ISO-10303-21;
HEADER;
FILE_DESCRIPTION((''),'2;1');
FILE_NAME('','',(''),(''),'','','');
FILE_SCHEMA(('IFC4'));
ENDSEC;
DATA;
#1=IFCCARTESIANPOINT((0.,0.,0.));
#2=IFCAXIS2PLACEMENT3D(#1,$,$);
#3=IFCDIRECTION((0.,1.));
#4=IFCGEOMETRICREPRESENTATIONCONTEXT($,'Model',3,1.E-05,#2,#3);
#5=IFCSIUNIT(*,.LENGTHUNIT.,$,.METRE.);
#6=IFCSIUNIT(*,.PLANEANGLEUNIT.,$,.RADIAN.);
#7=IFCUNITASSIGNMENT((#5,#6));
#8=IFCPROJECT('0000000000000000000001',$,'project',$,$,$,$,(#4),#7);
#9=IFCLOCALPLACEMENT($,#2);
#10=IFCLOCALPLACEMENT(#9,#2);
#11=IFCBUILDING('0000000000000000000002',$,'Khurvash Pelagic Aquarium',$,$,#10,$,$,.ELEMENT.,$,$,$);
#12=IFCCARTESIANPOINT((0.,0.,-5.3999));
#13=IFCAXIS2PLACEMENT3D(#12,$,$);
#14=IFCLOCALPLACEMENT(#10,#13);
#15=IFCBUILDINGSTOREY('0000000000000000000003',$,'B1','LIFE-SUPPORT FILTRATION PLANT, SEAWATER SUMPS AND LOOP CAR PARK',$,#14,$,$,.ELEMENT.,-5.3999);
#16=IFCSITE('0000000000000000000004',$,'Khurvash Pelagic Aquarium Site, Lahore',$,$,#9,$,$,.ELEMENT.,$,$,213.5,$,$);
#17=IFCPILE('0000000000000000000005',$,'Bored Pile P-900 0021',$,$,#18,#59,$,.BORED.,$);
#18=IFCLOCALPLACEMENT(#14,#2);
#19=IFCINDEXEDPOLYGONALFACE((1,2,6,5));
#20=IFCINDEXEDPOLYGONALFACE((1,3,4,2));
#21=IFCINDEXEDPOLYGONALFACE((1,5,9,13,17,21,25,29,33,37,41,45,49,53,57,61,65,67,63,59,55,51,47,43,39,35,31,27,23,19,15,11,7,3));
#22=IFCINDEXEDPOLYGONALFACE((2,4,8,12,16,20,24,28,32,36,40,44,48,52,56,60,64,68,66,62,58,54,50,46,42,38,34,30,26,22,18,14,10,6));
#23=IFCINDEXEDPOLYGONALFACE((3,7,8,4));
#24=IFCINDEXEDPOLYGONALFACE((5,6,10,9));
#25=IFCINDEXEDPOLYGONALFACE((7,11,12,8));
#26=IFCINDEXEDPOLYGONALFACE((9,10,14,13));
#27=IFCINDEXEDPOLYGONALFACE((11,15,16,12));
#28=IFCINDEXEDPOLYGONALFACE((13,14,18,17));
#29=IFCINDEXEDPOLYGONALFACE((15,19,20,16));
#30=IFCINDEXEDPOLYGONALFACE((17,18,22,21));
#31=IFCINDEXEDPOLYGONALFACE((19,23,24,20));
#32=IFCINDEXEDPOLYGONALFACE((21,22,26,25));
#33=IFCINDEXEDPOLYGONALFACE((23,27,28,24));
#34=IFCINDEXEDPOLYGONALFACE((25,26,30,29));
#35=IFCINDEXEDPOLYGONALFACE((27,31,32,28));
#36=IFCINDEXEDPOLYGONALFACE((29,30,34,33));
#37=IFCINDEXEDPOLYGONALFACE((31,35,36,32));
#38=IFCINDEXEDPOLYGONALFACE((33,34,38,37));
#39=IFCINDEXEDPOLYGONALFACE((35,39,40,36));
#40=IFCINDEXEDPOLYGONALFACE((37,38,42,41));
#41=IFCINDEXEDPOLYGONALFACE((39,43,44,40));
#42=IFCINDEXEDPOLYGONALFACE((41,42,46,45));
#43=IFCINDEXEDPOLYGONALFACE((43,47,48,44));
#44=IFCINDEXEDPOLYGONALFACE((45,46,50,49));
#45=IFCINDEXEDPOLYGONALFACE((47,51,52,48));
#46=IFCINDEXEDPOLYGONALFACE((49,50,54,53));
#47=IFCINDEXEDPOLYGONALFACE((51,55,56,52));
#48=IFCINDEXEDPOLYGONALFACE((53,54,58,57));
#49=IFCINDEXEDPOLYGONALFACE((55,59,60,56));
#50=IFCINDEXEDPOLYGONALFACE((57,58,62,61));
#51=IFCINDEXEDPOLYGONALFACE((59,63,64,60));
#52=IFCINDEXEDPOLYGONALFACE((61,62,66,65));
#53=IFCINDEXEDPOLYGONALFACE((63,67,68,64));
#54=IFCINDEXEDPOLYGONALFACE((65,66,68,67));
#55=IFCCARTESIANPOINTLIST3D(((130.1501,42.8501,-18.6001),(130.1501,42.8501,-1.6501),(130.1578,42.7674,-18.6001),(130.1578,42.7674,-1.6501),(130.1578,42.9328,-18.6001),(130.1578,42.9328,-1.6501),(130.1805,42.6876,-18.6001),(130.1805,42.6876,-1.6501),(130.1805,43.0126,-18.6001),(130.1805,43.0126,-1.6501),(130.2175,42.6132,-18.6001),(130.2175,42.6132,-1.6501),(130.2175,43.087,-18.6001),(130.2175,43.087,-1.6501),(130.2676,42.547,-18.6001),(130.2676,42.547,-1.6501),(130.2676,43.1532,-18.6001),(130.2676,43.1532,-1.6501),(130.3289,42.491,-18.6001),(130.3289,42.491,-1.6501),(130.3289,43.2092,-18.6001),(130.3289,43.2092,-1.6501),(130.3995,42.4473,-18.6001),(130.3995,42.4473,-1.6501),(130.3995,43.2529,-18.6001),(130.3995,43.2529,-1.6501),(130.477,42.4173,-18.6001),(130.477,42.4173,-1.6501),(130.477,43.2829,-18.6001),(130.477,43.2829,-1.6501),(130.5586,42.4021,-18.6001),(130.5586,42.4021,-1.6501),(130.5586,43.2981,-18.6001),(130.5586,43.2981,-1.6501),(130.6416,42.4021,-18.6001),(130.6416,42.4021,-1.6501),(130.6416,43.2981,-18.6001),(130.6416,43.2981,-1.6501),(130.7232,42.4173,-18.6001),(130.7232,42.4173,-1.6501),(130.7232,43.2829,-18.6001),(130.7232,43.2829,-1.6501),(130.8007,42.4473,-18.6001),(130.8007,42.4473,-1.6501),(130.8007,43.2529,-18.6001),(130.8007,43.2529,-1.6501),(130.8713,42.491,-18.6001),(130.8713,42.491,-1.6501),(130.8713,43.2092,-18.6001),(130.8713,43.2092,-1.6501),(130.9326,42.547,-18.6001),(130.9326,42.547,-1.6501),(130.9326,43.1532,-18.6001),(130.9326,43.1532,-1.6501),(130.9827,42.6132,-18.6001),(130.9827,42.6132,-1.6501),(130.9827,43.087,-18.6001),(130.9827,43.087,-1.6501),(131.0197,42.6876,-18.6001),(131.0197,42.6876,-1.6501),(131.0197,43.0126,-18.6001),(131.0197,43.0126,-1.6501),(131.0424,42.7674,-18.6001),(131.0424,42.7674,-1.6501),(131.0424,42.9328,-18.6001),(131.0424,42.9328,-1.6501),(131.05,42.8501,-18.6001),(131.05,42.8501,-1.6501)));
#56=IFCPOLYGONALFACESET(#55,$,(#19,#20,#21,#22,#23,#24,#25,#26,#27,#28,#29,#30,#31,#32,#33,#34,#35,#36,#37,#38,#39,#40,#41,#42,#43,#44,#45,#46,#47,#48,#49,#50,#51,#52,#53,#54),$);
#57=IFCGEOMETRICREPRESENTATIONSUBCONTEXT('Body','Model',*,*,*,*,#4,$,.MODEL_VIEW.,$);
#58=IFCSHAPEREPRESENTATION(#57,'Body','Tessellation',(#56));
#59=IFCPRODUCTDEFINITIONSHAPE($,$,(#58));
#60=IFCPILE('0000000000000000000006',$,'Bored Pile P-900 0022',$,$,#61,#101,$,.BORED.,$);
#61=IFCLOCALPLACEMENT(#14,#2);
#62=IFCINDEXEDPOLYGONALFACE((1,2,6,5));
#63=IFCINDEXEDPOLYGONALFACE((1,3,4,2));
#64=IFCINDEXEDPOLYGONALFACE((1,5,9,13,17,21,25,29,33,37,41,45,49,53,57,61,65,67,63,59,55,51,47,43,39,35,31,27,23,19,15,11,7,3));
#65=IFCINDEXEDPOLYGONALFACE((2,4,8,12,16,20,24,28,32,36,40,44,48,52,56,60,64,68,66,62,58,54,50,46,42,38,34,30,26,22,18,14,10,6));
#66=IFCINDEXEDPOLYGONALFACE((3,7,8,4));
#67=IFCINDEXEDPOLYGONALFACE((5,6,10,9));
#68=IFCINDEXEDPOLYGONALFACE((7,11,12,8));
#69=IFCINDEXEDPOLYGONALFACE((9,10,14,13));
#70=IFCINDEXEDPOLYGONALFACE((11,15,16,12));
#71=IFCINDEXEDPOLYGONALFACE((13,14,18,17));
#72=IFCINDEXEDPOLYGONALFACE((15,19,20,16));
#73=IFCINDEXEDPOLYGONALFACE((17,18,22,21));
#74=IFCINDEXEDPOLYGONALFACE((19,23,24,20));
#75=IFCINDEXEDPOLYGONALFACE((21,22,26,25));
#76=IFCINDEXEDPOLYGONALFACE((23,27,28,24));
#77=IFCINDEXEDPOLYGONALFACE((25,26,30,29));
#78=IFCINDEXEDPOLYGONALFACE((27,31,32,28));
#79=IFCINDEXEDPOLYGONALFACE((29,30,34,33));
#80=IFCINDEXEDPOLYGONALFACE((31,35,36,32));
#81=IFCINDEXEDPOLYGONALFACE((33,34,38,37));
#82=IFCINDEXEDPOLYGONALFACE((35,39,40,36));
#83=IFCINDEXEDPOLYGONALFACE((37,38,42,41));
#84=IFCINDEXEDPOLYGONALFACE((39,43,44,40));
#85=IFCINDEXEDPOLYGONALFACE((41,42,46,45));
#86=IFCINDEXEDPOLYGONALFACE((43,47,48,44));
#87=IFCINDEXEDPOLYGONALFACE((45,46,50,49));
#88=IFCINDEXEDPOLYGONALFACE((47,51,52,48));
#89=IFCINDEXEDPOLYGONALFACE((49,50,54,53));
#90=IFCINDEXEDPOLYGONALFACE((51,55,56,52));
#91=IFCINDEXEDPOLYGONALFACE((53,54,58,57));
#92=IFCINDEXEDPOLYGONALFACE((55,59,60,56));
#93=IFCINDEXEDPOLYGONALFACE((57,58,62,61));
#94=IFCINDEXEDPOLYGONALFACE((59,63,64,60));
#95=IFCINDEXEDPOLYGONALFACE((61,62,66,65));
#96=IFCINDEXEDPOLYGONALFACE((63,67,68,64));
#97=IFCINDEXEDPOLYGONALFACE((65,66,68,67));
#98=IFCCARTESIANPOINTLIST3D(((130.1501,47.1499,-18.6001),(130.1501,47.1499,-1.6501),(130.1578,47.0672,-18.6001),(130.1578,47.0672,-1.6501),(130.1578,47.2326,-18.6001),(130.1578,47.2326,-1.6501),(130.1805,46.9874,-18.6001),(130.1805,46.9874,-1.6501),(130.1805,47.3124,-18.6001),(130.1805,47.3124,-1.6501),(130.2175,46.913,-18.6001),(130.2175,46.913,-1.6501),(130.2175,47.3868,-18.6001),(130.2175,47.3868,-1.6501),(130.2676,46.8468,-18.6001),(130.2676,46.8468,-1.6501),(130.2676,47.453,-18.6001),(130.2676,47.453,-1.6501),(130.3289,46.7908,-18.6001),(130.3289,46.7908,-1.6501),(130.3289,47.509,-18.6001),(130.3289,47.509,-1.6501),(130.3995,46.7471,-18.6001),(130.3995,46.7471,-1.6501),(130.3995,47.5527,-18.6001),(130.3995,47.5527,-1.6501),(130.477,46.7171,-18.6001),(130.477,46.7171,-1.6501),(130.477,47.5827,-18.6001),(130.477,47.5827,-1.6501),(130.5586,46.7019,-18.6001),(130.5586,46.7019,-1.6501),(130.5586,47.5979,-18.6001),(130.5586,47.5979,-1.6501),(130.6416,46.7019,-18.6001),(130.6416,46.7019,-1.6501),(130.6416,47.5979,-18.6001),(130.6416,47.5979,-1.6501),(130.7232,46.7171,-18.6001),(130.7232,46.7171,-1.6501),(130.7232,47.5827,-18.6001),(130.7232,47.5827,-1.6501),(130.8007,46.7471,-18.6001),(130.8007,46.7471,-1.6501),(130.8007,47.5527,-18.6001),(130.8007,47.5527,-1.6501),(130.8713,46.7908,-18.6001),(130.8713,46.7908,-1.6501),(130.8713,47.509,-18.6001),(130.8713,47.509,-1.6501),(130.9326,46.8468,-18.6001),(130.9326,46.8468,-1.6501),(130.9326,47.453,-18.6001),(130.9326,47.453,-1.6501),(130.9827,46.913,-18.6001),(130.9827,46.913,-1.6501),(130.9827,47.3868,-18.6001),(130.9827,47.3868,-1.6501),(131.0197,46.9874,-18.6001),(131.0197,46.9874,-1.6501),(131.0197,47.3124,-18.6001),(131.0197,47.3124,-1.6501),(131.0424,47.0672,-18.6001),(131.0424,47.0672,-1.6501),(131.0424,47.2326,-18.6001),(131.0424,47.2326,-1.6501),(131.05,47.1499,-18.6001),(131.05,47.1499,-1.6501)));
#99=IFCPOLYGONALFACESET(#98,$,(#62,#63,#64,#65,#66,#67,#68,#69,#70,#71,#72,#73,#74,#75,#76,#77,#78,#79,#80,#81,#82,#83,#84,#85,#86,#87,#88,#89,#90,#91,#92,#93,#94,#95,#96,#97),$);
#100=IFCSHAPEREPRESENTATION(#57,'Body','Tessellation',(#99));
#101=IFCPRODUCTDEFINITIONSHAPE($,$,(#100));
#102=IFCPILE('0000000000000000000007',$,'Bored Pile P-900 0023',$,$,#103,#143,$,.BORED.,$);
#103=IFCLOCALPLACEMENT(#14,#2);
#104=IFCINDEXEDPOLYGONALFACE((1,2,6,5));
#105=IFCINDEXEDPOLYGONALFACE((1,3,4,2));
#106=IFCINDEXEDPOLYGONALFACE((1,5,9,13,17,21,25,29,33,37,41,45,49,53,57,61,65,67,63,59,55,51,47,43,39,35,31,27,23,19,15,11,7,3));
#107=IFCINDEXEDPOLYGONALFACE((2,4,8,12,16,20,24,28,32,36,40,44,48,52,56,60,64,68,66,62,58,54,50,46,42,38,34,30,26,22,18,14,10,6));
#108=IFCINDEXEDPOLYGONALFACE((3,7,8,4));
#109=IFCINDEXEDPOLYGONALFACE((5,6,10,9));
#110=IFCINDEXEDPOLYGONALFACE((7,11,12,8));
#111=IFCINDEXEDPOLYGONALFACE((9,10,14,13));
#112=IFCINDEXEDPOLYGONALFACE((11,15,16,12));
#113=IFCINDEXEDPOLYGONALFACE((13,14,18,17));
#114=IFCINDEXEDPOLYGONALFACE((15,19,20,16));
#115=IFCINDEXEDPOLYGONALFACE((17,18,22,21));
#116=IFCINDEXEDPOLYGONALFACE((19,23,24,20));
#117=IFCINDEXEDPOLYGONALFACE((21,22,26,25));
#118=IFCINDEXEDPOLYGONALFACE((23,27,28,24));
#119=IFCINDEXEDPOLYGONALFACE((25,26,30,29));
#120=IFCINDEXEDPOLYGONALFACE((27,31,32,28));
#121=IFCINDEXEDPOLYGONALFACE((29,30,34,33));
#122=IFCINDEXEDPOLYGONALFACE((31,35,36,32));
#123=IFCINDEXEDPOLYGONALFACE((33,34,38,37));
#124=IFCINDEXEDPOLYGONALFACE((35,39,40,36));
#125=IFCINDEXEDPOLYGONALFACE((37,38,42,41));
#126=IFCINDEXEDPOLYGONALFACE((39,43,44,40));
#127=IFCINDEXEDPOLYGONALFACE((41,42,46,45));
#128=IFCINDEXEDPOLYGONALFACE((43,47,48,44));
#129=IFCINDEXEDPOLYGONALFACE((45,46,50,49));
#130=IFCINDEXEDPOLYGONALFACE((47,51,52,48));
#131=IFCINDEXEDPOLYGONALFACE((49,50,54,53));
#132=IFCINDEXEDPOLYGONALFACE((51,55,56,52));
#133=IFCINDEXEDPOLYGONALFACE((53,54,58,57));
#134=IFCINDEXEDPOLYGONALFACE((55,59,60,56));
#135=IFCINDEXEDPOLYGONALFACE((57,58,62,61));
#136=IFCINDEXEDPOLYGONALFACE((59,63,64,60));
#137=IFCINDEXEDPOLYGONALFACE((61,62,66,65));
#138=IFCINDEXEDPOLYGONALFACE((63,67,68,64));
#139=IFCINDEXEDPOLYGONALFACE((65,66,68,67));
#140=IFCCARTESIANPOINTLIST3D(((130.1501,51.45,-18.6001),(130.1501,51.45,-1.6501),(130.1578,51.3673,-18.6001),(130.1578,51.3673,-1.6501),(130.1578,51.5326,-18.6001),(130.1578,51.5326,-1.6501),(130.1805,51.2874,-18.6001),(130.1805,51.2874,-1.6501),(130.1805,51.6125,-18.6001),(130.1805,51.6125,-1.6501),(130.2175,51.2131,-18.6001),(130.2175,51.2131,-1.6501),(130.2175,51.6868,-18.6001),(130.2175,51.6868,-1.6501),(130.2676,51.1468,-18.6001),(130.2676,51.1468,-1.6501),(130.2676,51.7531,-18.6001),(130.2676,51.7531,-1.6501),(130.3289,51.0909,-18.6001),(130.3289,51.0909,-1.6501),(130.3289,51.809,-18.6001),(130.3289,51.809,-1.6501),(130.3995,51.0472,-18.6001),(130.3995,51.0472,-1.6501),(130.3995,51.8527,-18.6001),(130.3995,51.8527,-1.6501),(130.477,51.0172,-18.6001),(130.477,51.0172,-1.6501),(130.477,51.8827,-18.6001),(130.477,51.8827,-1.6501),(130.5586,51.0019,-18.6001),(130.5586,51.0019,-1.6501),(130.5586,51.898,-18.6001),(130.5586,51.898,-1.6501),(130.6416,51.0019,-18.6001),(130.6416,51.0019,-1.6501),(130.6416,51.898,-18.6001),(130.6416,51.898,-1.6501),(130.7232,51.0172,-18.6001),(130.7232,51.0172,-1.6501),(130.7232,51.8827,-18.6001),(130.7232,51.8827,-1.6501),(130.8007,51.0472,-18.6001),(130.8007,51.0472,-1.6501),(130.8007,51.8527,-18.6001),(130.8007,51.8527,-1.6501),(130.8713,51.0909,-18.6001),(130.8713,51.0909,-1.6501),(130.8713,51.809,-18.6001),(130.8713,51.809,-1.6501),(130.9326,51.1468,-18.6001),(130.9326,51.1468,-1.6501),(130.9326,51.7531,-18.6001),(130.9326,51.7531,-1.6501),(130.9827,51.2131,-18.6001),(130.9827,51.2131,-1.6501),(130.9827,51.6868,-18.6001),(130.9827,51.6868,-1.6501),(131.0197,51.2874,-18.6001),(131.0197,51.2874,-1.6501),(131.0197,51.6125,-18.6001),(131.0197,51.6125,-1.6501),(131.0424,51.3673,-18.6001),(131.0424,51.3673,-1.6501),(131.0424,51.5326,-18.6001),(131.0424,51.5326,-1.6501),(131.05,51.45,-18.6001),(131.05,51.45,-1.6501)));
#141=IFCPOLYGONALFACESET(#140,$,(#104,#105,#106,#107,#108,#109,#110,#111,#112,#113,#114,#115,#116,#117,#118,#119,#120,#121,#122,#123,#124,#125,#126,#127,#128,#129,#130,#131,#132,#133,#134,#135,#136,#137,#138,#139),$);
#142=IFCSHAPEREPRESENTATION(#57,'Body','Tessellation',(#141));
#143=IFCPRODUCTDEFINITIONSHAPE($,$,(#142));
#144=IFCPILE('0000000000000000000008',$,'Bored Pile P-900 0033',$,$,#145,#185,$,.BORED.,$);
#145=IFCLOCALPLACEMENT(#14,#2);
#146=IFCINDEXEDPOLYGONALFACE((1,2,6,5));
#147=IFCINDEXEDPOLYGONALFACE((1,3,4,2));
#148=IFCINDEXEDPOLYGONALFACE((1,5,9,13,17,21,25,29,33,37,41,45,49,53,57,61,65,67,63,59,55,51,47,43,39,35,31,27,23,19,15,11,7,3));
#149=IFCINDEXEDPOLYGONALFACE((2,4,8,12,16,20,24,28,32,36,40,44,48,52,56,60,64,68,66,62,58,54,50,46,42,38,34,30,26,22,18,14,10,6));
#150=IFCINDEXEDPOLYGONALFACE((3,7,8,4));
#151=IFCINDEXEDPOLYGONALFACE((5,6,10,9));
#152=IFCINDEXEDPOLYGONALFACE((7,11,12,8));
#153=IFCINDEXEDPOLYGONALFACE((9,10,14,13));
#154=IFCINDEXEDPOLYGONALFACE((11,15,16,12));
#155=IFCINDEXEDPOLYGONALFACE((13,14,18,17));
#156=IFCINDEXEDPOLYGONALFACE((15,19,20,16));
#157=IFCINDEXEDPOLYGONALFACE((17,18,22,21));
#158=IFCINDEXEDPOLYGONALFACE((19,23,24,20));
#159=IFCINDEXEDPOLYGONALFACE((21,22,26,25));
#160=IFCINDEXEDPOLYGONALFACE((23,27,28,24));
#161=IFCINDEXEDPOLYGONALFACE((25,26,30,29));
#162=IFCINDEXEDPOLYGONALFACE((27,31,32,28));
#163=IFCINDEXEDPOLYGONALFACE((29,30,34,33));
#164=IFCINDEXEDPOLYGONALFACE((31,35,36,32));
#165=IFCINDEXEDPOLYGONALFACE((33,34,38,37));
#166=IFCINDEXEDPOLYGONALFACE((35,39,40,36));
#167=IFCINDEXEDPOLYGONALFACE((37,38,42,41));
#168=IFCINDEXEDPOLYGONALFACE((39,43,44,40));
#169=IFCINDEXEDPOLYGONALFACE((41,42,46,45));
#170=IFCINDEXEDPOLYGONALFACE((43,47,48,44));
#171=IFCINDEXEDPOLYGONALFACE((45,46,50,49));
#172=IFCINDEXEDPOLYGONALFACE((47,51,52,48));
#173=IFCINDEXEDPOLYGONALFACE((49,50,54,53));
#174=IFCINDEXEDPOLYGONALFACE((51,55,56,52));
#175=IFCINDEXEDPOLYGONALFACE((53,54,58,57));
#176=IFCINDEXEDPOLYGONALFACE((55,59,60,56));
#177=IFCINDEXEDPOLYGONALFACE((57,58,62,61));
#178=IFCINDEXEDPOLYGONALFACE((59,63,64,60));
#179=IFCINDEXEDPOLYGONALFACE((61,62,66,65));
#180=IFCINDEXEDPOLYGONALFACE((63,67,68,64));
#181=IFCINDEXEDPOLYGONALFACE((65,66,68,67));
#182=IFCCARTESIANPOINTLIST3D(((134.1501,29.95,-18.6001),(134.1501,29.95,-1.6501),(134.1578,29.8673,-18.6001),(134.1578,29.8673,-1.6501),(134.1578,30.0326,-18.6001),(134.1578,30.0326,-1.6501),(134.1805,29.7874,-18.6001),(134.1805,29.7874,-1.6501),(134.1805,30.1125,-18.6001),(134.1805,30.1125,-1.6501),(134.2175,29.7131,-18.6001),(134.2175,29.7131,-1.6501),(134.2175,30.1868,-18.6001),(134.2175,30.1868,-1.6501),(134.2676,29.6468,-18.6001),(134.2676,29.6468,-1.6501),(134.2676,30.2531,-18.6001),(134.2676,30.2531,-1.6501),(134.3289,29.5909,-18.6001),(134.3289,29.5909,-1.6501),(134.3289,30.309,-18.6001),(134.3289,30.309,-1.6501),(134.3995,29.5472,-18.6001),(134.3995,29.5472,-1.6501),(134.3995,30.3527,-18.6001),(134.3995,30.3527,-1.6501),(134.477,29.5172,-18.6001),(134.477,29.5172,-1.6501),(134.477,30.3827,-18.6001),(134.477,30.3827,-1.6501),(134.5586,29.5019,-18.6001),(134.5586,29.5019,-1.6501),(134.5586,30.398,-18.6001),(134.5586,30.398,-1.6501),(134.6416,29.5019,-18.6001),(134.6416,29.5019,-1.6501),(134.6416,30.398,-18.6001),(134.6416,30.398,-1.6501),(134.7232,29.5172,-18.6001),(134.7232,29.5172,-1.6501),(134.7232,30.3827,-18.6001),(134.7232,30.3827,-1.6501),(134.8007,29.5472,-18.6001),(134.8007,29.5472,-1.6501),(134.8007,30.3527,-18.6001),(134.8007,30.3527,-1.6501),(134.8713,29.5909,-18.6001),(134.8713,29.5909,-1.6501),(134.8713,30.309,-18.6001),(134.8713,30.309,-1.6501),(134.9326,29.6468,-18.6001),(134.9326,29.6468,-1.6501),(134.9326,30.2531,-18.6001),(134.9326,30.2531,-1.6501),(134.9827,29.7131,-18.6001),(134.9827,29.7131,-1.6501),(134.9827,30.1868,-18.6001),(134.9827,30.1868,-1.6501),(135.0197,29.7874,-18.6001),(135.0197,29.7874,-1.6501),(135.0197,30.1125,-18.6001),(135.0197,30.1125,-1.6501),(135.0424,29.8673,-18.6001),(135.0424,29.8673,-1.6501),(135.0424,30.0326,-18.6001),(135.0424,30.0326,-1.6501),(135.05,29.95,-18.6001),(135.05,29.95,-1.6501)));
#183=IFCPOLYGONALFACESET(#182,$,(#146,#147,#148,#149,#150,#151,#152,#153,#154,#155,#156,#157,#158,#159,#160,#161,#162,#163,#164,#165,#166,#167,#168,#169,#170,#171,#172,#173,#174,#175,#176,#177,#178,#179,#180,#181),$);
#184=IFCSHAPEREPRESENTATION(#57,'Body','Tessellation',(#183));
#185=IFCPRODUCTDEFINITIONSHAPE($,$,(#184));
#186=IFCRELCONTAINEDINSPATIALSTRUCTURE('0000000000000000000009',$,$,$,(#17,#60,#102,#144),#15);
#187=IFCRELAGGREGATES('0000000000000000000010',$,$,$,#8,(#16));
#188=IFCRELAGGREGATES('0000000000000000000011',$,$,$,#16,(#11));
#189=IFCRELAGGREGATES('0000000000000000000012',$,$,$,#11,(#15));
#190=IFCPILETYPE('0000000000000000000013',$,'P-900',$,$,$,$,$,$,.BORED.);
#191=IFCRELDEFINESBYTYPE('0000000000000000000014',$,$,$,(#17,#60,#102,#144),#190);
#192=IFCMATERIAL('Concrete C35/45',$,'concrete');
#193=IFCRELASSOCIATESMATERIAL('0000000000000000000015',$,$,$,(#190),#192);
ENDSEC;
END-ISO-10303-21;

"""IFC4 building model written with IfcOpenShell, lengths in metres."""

from ifc_helpers import new_model, si_unit, direction, frame, origin, origin_2d, place, context, subcontext, project, spatial, circle, extrude, material, material_profile, profile_set, type_object, element, save


model = new_model("IFC4")

# Units and contexts
model_context = context("Model", 3, precision=1e-05, world=origin(), true_north=direction((0.0, 1.0)))
body_context = subcontext(model_context, "Body", "Model", "MODEL_VIEW")
ifc_project = project(units=[si_unit("LENGTHUNIT", "METRE"), si_unit("PLANEANGLEUNIT", "RADIAN")], contexts=[model_context])

# Site, building, storey
site_placement = place(None, origin())
site = spatial("IfcSite", under=ifc_project, at=site_placement, Name="Khurvash Pelagic Aquarium Site, Lahore", CompositionType="ELEMENT", RefElevation=213.5)
building_placement = place(site_placement, origin())
building = spatial("IfcBuilding", under=site, at=building_placement, Name="Khurvash Pelagic Aquarium", CompositionType="ELEMENT")
storey_placement = place(building_placement, frame((0.0, 0.0, -5.3999)))
storey = spatial("IfcBuildingStorey", under=building, at=storey_placement, Name="B1", Description="LIFE-SUPPORT FILTRATION PLANT, SEAWATER SUMPS AND LOOP CAR PARK", CompositionType="ELEMENT", Elevation=-5.3999)

# Piles
ifc_material_1 = material(Name="Concrete C35/45", Category="concrete")
ifc_material_profile_1 = material_profile(ifc_material_1, circle(Radius=0.45, at=origin_2d()), Name="PILE900")
ifc_profile_set_1 = profile_set([ifc_material_profile_1], Name="Concrete C35/45")
pile_type_1 = type_object("IfcPileType", Name="P-900", PredefinedType="BORED", material=ifc_profile_set_1)
for number, where, z_axis, x_axis, name in (
    (1, (130.6001, 42.8501, -1.6501), (0.0, 0.0, -1.0), (1.0, 0.0, 0.0), "Bored Pile P-900 0021"),
    (2, (130.6001, 47.1499, -1.6501), (0.0, 0.0, -1.0), (1.0, 0.0, 0.0), "Bored Pile P-900 0022"),
    (3, (130.6001, 51.45, -1.6501), (0.0, 0.0, -1.0), (1.0, 0.0, 0.0), "Bored Pile P-900 0023"),
    (4, (134.6001, 29.95, -1.6501), (0.0, 0.0, -1.0), (1.0, 0.0, 0.0), "Bored Pile P-900 0033"),
):
    element("IfcPile", number, at=place(storey_placement, frame(where, z_axis=z_axis, x_axis=x_axis)), inside=storey, type_object=pile_type_1, Name=name, PredefinedType="BORED", context=body_context, shape_type="SweptSolid", body=[
        extrude(circle(Radius=0.45, at=origin_2d()), origin(), (0.0, 0.0, 1.0), 16.95),
    ])

save(model, "model.ifc")
